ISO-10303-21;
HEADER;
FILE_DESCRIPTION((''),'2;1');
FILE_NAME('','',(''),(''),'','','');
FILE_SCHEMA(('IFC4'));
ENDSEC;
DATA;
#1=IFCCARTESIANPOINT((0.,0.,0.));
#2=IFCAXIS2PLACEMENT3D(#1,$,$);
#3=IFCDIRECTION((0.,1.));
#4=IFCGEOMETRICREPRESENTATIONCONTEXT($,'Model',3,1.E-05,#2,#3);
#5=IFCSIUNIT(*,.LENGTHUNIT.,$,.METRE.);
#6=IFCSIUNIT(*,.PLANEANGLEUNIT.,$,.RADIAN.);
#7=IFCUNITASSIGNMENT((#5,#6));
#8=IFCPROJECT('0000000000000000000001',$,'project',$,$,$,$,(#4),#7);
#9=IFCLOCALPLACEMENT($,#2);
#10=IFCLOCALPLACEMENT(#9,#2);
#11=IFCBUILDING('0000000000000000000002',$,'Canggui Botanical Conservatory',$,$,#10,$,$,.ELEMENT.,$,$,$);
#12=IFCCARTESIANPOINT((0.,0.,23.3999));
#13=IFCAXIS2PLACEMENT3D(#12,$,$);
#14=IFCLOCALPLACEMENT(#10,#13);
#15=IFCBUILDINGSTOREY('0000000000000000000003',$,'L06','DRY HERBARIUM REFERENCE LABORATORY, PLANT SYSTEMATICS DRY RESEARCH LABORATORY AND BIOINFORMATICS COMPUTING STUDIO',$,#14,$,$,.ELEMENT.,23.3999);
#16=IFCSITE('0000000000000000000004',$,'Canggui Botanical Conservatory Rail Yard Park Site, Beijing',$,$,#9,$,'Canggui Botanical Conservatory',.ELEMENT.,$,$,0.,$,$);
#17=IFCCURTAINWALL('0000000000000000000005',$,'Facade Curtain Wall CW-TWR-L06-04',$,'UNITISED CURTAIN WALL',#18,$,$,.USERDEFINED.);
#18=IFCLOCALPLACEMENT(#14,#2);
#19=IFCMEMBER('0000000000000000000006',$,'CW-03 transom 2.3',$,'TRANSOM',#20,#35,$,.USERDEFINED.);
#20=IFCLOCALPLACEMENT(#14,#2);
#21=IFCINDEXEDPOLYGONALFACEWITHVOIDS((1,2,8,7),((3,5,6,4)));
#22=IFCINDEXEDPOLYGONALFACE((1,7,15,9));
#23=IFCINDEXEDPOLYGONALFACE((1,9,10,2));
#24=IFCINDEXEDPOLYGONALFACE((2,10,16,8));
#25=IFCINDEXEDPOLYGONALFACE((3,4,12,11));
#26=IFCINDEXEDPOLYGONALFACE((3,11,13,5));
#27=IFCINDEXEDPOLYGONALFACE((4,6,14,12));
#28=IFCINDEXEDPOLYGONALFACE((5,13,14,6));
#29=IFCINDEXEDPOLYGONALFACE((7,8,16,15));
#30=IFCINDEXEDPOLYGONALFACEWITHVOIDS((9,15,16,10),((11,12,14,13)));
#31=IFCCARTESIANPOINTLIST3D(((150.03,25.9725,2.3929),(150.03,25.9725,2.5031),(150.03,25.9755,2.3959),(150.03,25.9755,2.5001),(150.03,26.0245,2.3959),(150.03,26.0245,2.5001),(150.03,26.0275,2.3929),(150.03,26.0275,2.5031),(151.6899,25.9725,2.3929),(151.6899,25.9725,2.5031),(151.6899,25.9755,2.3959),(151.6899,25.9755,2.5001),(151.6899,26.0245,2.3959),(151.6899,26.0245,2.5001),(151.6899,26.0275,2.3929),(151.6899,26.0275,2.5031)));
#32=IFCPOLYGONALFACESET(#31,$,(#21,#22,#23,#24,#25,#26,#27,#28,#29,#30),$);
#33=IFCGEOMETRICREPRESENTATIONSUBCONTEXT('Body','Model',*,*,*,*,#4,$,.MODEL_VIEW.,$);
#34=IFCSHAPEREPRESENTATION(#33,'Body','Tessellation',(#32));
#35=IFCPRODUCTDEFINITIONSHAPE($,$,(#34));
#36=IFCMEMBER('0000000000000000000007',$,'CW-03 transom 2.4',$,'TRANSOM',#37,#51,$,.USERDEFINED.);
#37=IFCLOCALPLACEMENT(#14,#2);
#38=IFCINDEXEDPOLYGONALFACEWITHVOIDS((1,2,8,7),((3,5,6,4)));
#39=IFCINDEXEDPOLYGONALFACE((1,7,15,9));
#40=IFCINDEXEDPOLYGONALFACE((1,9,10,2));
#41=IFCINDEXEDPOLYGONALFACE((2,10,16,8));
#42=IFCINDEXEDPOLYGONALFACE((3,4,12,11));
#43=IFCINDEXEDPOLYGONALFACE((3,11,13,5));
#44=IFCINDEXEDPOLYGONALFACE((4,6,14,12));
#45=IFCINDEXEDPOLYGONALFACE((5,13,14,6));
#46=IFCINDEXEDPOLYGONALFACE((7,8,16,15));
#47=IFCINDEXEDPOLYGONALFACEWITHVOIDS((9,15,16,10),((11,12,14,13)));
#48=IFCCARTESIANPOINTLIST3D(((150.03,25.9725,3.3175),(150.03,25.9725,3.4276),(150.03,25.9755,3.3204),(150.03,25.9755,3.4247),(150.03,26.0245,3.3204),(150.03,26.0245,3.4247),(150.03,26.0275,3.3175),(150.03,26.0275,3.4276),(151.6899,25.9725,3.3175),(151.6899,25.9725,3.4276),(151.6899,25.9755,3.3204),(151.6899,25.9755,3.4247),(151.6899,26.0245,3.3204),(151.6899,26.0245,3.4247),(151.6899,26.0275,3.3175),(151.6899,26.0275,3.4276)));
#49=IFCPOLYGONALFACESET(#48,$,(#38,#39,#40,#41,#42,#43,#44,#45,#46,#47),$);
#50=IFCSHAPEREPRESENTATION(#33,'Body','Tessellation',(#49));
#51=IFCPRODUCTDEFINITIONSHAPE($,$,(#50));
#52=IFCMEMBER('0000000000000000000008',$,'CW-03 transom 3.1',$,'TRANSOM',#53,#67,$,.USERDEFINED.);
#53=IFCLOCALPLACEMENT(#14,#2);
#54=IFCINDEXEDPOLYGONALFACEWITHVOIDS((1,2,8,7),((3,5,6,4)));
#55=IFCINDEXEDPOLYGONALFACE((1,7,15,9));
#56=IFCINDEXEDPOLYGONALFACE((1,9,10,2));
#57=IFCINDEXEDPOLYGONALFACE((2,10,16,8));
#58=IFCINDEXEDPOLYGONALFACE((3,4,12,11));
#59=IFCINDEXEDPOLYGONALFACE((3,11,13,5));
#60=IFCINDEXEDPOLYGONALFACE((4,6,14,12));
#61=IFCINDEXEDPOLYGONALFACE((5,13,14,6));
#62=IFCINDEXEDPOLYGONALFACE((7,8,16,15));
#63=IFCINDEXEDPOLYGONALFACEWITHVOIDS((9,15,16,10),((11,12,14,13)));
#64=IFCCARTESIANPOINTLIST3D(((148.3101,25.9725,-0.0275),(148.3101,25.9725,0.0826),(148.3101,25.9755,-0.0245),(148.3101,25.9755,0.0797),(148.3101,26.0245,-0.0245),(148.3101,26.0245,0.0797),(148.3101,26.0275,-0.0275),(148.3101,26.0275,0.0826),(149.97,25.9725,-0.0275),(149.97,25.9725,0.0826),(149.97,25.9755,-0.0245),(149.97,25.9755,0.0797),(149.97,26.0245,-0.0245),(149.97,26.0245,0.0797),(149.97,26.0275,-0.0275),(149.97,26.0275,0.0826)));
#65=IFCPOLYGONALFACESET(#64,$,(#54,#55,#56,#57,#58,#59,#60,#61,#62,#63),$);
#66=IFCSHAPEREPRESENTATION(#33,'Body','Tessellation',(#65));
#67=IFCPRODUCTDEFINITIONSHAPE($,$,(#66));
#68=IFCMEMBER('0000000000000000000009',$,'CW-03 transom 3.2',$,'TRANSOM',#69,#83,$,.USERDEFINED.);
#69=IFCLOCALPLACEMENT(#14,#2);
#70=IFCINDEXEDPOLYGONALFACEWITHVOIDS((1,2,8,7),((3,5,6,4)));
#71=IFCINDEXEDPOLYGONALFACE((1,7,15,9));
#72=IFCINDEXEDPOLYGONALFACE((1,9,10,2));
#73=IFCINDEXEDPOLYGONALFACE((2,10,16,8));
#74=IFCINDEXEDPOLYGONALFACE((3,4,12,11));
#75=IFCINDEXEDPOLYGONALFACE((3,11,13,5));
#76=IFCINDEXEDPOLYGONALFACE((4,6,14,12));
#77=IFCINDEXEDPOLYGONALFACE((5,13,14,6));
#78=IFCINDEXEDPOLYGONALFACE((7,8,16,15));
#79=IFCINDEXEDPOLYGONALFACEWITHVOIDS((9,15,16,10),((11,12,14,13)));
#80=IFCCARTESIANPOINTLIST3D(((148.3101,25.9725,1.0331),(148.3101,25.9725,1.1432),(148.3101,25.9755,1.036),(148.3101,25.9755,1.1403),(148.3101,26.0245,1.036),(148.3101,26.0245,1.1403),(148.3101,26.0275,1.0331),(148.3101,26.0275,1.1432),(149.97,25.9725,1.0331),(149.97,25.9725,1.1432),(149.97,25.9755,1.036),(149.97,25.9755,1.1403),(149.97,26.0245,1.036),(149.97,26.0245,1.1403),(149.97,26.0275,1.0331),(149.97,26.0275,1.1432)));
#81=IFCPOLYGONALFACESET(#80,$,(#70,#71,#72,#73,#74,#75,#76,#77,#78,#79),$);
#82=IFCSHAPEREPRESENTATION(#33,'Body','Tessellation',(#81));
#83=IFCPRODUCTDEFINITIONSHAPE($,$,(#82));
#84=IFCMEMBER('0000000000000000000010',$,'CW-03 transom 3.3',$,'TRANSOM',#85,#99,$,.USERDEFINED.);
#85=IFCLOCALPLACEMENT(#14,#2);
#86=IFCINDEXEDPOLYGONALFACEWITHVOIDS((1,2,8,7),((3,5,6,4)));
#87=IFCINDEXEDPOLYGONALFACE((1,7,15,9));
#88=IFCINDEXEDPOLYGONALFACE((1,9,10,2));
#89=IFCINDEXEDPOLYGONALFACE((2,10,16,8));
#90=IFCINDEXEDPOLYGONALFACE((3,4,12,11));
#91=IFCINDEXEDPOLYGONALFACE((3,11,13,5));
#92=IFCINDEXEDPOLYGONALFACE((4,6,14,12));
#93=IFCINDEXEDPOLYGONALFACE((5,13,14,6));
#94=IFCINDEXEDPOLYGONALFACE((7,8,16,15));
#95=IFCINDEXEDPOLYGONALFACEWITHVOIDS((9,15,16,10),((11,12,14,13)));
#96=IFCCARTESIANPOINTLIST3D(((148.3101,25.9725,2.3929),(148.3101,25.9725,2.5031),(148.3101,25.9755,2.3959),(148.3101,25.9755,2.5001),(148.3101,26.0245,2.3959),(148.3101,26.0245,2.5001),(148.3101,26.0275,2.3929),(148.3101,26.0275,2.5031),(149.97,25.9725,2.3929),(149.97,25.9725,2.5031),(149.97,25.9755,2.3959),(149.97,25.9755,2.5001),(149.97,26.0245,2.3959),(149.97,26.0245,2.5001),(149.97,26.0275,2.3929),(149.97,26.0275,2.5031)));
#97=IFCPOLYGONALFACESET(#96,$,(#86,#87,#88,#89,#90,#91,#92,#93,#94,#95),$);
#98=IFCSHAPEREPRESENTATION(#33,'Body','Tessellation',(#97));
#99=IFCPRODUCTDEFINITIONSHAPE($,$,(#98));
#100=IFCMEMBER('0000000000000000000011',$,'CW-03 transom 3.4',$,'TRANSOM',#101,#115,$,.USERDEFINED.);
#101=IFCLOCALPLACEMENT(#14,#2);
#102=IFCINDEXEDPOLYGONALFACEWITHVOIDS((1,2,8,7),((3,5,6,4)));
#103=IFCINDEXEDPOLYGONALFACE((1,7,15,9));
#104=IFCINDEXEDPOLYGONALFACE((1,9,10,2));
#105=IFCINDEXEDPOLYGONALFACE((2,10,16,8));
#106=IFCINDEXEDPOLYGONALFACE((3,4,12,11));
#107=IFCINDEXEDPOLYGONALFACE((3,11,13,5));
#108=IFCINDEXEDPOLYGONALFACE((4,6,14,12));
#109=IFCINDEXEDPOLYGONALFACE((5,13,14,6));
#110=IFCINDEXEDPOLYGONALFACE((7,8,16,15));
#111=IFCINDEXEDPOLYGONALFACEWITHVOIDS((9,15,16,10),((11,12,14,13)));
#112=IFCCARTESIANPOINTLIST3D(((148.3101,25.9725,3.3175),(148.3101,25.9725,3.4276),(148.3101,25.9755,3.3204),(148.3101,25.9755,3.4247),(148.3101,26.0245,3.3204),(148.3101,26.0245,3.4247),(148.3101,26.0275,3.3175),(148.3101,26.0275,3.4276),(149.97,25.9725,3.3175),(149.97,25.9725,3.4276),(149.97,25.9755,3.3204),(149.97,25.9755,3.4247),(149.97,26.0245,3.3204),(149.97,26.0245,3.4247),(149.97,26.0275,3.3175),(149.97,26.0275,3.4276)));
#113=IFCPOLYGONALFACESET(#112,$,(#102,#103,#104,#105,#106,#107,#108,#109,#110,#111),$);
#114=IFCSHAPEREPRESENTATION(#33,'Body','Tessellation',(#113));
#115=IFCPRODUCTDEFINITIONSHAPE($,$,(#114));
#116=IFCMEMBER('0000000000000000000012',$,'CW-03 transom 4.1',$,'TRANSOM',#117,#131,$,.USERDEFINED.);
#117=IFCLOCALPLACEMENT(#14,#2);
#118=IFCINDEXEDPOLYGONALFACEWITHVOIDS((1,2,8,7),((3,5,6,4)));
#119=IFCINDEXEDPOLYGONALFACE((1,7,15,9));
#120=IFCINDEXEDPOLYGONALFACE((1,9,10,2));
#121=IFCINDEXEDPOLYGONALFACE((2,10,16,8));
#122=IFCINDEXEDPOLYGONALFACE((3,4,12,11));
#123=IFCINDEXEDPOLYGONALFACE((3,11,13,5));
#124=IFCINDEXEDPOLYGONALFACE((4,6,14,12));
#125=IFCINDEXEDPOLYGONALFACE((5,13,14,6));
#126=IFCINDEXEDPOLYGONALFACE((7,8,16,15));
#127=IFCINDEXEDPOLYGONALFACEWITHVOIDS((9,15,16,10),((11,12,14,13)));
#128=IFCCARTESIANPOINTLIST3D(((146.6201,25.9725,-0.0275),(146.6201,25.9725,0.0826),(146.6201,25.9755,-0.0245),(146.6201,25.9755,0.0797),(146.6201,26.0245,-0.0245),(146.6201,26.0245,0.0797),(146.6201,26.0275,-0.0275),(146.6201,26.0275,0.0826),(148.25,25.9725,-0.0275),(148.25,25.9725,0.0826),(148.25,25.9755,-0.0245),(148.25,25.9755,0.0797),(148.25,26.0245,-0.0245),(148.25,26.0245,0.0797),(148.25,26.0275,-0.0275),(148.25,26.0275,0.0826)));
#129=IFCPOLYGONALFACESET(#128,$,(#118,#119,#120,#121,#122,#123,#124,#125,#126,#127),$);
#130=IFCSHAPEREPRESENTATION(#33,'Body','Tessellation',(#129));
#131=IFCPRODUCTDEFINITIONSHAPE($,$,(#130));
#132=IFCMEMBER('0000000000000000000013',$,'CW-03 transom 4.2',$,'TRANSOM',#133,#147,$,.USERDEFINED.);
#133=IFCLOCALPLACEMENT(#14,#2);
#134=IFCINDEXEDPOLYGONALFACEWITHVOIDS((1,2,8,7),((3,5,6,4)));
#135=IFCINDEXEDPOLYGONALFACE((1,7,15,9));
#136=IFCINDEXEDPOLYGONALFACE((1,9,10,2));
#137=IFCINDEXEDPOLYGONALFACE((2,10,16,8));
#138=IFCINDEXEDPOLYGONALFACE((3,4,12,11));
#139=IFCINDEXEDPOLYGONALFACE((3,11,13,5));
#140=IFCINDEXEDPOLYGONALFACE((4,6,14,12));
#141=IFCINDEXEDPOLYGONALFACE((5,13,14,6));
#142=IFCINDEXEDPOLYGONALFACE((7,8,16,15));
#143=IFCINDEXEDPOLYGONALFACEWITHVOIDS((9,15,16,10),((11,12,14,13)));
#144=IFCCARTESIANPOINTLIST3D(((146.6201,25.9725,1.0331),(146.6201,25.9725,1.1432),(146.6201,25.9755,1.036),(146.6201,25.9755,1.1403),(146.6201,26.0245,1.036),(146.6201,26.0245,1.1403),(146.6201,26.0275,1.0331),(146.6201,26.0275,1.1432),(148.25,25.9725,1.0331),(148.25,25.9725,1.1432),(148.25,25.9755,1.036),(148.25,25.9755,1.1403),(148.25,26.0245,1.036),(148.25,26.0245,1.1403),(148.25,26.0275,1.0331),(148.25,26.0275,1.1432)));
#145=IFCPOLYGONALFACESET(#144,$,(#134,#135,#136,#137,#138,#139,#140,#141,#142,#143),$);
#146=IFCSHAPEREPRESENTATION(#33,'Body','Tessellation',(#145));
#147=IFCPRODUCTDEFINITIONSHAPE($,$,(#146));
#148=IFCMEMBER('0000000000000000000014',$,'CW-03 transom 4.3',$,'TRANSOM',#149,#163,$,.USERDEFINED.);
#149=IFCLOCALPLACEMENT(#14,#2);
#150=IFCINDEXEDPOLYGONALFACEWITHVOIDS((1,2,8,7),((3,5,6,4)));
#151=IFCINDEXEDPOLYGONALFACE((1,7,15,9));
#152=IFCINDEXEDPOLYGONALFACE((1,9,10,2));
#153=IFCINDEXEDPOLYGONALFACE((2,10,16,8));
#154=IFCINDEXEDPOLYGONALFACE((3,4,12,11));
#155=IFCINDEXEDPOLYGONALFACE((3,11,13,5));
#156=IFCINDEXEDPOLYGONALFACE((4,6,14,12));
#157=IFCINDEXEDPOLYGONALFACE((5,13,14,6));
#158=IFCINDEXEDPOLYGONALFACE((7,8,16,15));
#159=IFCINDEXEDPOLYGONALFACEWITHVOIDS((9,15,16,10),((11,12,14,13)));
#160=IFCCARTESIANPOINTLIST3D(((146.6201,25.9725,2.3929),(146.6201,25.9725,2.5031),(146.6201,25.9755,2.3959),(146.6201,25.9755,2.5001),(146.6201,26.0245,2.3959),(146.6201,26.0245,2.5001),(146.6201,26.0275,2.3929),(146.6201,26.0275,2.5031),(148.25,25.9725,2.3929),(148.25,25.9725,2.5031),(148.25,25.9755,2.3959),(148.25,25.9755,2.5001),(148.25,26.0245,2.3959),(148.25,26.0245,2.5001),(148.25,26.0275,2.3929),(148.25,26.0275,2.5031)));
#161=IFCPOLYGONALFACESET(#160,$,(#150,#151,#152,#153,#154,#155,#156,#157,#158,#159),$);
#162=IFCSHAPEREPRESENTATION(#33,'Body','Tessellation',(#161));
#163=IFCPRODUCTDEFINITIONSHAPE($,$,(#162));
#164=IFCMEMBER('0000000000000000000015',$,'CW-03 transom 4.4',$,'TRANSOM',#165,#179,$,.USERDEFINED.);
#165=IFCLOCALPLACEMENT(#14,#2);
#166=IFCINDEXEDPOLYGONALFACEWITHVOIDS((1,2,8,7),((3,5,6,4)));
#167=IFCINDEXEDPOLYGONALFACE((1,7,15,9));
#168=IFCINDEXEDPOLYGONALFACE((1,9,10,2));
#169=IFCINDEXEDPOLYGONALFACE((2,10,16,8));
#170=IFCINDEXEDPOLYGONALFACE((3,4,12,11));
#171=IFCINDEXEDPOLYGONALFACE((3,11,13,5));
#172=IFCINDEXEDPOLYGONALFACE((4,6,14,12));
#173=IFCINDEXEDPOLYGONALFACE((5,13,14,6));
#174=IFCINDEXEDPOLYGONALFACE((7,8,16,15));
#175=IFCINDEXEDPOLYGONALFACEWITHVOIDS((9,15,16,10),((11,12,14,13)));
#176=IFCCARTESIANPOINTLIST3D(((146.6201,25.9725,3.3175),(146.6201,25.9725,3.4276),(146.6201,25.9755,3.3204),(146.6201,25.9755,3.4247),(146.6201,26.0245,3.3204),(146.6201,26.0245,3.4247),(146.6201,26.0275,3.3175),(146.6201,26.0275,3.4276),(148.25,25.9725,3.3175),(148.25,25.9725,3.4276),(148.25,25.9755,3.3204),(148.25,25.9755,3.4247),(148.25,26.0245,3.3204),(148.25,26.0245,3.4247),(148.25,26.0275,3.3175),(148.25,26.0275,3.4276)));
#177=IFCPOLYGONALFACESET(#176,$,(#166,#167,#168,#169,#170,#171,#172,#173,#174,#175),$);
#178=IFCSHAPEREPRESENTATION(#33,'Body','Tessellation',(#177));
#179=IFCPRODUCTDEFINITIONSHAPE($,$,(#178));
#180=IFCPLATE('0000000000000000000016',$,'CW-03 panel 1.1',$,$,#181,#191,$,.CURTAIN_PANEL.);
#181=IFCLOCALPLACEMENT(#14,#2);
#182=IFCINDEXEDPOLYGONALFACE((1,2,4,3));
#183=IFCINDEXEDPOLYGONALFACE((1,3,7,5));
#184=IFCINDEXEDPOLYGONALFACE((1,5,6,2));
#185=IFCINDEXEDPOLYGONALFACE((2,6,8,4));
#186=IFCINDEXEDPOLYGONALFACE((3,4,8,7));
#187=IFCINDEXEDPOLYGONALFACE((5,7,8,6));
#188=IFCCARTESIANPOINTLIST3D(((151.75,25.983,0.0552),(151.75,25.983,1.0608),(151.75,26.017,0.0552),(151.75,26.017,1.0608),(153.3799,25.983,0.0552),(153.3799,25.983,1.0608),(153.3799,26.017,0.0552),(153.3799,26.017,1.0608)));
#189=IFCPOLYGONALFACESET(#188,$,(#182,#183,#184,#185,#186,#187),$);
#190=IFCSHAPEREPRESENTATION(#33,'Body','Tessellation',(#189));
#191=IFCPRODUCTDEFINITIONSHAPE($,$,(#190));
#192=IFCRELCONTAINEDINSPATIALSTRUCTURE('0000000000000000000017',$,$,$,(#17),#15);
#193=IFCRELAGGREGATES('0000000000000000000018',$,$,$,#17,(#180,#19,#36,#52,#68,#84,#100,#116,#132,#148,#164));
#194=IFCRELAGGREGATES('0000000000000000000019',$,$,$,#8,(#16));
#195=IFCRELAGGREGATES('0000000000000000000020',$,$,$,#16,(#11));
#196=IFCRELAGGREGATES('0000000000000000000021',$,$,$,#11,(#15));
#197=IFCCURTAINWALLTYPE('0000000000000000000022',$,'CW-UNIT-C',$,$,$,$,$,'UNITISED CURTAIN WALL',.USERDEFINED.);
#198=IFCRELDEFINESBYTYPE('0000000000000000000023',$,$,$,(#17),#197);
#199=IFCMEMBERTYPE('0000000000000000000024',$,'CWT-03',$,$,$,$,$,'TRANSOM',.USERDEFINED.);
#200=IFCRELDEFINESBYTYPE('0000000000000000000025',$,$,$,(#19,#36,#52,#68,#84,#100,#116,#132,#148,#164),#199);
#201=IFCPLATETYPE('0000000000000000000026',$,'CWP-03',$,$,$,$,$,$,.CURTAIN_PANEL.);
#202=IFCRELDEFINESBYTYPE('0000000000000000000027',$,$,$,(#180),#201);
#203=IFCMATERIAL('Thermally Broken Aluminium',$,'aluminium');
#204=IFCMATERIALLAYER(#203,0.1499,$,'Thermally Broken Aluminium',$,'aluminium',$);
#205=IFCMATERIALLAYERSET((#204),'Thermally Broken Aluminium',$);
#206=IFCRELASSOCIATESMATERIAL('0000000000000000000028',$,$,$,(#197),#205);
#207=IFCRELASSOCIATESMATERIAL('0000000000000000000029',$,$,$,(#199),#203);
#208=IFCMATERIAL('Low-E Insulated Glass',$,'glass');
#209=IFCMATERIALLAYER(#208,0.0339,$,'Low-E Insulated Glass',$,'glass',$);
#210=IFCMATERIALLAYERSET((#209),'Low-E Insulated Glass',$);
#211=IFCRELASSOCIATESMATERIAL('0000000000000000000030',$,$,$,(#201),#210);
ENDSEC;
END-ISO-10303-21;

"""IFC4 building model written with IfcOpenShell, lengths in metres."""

from ifc_helpers import new_model, si_unit, direction, frame, origin, origin_2d, place, context, subcontext, project, spatial, rectangle, hollow_rectangle, extrude, material, layer, layer_set, material_profile, profile_set, type_object, element, aggregate, save


model = new_model("IFC4")

# Units and contexts
model_context = context("Model", 3, precision=1e-05, world=origin(), true_north=direction((0.0, 1.0)))
body_context = subcontext(model_context, "Body", "Model", "MODEL_VIEW")
ifc_project = project(units=[si_unit("LENGTHUNIT", "METRE"), si_unit("PLANEANGLEUNIT", "RADIAN")], contexts=[model_context])

# Site, building, storey
site_placement = place(None, origin())
site = spatial("IfcSite", under=ifc_project, at=site_placement, Name="Canggui Botanical Conservatory Rail Yard Park Site, Beijing", LongName="Canggui Botanical Conservatory", CompositionType="ELEMENT", RefElevation=0.0)
building_placement = place(site_placement, origin())
building = spatial("IfcBuilding", under=site, at=building_placement, Name="Canggui Botanical Conservatory", CompositionType="ELEMENT")
storey_placement = place(building_placement, frame((0.0, 0.0, 23.3999)))
storey = spatial("IfcBuildingStorey", under=building, at=storey_placement, Name="L06", Description="DRY HERBARIUM REFERENCE LABORATORY, PLANT SYSTEMATICS DRY RESEARCH LABORATORY AND BIOINFORMATICS COMPUTING STUDIO", CompositionType="ELEMENT", Elevation=23.3999)

# Curtain wall, members, plate
ifc_material_1 = material(Name="Thermally Broken Aluminium", Category="aluminium")
ifc_layer_1 = layer(ifc_material_1, 0.1499, Name="Thermally Broken Aluminium", Category="aluminium")
ifc_layer_set_1 = layer_set([ifc_layer_1], Name="Thermally Broken Aluminium")
curtain_wall_type = type_object("IfcCurtainWallType", Name="CW-UNIT-C", ElementType="UNITISED CURTAIN WALL", PredefinedType="USERDEFINED", material=ifc_layer_set_1)
curtain_wall_placement = place(storey_placement, origin())
curtain_wall = element("IfcCurtainWall", 1, at=curtain_wall_placement, inside=storey, type_object=curtain_wall_type, Name="Facade Curtain Wall CW-TWR-L06-04", ObjectType="UNITISED CURTAIN WALL", PredefinedType="USERDEFINED")
ifc_material_profile_1 = material_profile(ifc_material_1, hollow_rectangle(XDim=0.0549, YDim=0.1101, WallThickness=0.0029, at=origin_2d()), Name="CWT 55x110x3")
ifc_profile_set_1 = profile_set([ifc_material_profile_1], Name="Thermally Broken Aluminium")
member_type_1 = type_object("IfcMemberType", Name="CWT-03", ElementType="TRANSOM", PredefinedType="USERDEFINED", material=ifc_profile_set_1)
member_1_placement = place(storey_placement, frame((151.6899, 26.0, 2.448), z_axis=(-1.0, 0.0, 0.0), x_axis=(0.0, -1.0, 0.0)))
member_1 = element("IfcMember", 2, at=member_1_placement, type_object=member_type_1, Name="CW-03 transom 2.3", ObjectType="TRANSOM", PredefinedType="USERDEFINED", context=body_context, shape_type="SweptSolid", body=[
    extrude(hollow_rectangle(XDim=0.0549, YDim=0.1101, WallThickness=0.0029, at=origin_2d()), origin(), (0.0, 0.0, 1.0), 1.6599),
])
member_2_placement = place(storey_placement, frame((151.6899, 26.0, 3.3726), z_axis=(-1.0, 0.0, 0.0), x_axis=(0.0, -1.0, 0.0)))
member_2 = element("IfcMember", 3, at=member_2_placement, type_object=member_type_1, Name="CW-03 transom 2.4", ObjectType="TRANSOM", PredefinedType="USERDEFINED", context=body_context, shape_type="SweptSolid", body=[
    extrude(hollow_rectangle(XDim=0.0549, YDim=0.1101, WallThickness=0.0029, at=origin_2d()), origin(), (0.0, 0.0, 1.0), 1.6599),
])
member_3_placement = place(storey_placement, frame((149.97, 26.0, 0.0276), z_axis=(-1.0, 0.0, 0.0), x_axis=(0.0, -1.0, 0.0)))
member_3 = element("IfcMember", 4, at=member_3_placement, type_object=member_type_1, Name="CW-03 transom 3.1", ObjectType="TRANSOM", PredefinedType="USERDEFINED", context=body_context, shape_type="SweptSolid", body=[
    extrude(hollow_rectangle(XDim=0.0549, YDim=0.1101, WallThickness=0.0029, at=origin_2d()), origin(), (0.0, 0.0, 1.0), 1.6599),
])
member_4_placement = place(storey_placement, frame((149.97, 26.0, 1.0881), z_axis=(-1.0, 0.0, 0.0), x_axis=(0.0, -1.0, 0.0)))
member_4 = element("IfcMember", 5, at=member_4_placement, type_object=member_type_1, Name="CW-03 transom 3.2", ObjectType="TRANSOM", PredefinedType="USERDEFINED", context=body_context, shape_type="SweptSolid", body=[
    extrude(hollow_rectangle(XDim=0.0549, YDim=0.1101, WallThickness=0.0029, at=origin_2d()), origin(), (0.0, 0.0, 1.0), 1.6599),
])
member_5_placement = place(storey_placement, frame((149.97, 26.0, 2.448), z_axis=(-1.0, 0.0, 0.0), x_axis=(0.0, -1.0, 0.0)))
member_5 = element("IfcMember", 6, at=member_5_placement, type_object=member_type_1, Name="CW-03 transom 3.3", ObjectType="TRANSOM", PredefinedType="USERDEFINED", context=body_context, shape_type="SweptSolid", body=[
    extrude(hollow_rectangle(XDim=0.0549, YDim=0.1101, WallThickness=0.0029, at=origin_2d()), origin(), (0.0, 0.0, 1.0), 1.6599),
])
member_6_placement = place(storey_placement, frame((149.97, 26.0, 3.3726), z_axis=(-1.0, 0.0, 0.0), x_axis=(0.0, -1.0, 0.0)))
member_6 = element("IfcMember", 7, at=member_6_placement, type_object=member_type_1, Name="CW-03 transom 3.4", ObjectType="TRANSOM", PredefinedType="USERDEFINED", context=body_context, shape_type="SweptSolid", body=[
    extrude(hollow_rectangle(XDim=0.0549, YDim=0.1101, WallThickness=0.0029, at=origin_2d()), origin(), (0.0, 0.0, 1.0), 1.6599),
])
member_7_placement = place(storey_placement, frame((148.25, 26.0, 0.0276), z_axis=(-1.0, 0.0, 0.0), x_axis=(0.0, -1.0, 0.0)))
member_7 = element("IfcMember", 8, at=member_7_placement, type_object=member_type_1, Name="CW-03 transom 4.1", ObjectType="TRANSOM", PredefinedType="USERDEFINED", context=body_context, shape_type="SweptSolid", body=[
    extrude(hollow_rectangle(XDim=0.0549, YDim=0.1101, WallThickness=0.0029, at=origin_2d()), origin(), (0.0, 0.0, 1.0), 1.6299),
])
member_8_placement = place(storey_placement, frame((148.25, 26.0, 1.0881), z_axis=(-1.0, 0.0, 0.0), x_axis=(0.0, -1.0, 0.0)))
member_8 = element("IfcMember", 9, at=member_8_placement, type_object=member_type_1, Name="CW-03 transom 4.2", ObjectType="TRANSOM", PredefinedType="USERDEFINED", context=body_context, shape_type="SweptSolid", body=[
    extrude(hollow_rectangle(XDim=0.0549, YDim=0.1101, WallThickness=0.0029, at=origin_2d()), origin(), (0.0, 0.0, 1.0), 1.6299),
])
member_9_placement = place(storey_placement, frame((148.25, 26.0, 2.448), z_axis=(-1.0, 0.0, 0.0), x_axis=(0.0, -1.0, 0.0)))
member_9 = element("IfcMember", 10, at=member_9_placement, type_object=member_type_1, Name="CW-03 transom 4.3", ObjectType="TRANSOM", PredefinedType="USERDEFINED", context=body_context, shape_type="SweptSolid", body=[
    extrude(hollow_rectangle(XDim=0.0549, YDim=0.1101, WallThickness=0.0029, at=origin_2d()), origin(), (0.0, 0.0, 1.0), 1.6299),
])
member_10_placement = place(storey_placement, frame((148.25, 26.0, 3.3726), z_axis=(-1.0, 0.0, 0.0), x_axis=(0.0, -1.0, 0.0)))
member_10 = element("IfcMember", 11, at=member_10_placement, type_object=member_type_1, Name="CW-03 transom 4.4", ObjectType="TRANSOM", PredefinedType="USERDEFINED", context=body_context, shape_type="SweptSolid", body=[
    extrude(hollow_rectangle(XDim=0.0549, YDim=0.1101, WallThickness=0.0029, at=origin_2d()), origin(), (0.0, 0.0, 1.0), 1.6299),
])
ifc_material_2 = material(Name="Low-E Insulated Glass", Category="glass")
ifc_layer_2 = layer(ifc_material_2, 0.0339, Name="Low-E Insulated Glass", Category="glass")
ifc_layer_set_2 = layer_set([ifc_layer_2], Name="Low-E Insulated Glass")
plate_type = type_object("IfcPlateType", Name="CWP-03", PredefinedType="CURTAIN_PANEL", material=ifc_layer_set_2)
plate_1_placement = place(storey_placement, frame((152.5649, 26.0, 0.0552), z_axis=(0.0, 0.0, 1.0), x_axis=(-1.0, 0.0, 0.0)))
plate_1 = element("IfcPlate", 12, at=plate_1_placement, type_object=plate_type, Name="CW-03 panel 1.1", PredefinedType="CURTAIN_PANEL", context=body_context, shape_type="SweptSolid", body=[
    extrude(rectangle(XDim=1.6299, YDim=0.0339, at=origin_2d()), origin(), (0.0, 0.0, 1.0), 1.0056),
])
aggregate(curtain_wall, [plate_1, member_1, member_2, member_3, member_4, member_5, member_6, member_7, member_8, member_9, member_10])

save(model, "model.ifc")
